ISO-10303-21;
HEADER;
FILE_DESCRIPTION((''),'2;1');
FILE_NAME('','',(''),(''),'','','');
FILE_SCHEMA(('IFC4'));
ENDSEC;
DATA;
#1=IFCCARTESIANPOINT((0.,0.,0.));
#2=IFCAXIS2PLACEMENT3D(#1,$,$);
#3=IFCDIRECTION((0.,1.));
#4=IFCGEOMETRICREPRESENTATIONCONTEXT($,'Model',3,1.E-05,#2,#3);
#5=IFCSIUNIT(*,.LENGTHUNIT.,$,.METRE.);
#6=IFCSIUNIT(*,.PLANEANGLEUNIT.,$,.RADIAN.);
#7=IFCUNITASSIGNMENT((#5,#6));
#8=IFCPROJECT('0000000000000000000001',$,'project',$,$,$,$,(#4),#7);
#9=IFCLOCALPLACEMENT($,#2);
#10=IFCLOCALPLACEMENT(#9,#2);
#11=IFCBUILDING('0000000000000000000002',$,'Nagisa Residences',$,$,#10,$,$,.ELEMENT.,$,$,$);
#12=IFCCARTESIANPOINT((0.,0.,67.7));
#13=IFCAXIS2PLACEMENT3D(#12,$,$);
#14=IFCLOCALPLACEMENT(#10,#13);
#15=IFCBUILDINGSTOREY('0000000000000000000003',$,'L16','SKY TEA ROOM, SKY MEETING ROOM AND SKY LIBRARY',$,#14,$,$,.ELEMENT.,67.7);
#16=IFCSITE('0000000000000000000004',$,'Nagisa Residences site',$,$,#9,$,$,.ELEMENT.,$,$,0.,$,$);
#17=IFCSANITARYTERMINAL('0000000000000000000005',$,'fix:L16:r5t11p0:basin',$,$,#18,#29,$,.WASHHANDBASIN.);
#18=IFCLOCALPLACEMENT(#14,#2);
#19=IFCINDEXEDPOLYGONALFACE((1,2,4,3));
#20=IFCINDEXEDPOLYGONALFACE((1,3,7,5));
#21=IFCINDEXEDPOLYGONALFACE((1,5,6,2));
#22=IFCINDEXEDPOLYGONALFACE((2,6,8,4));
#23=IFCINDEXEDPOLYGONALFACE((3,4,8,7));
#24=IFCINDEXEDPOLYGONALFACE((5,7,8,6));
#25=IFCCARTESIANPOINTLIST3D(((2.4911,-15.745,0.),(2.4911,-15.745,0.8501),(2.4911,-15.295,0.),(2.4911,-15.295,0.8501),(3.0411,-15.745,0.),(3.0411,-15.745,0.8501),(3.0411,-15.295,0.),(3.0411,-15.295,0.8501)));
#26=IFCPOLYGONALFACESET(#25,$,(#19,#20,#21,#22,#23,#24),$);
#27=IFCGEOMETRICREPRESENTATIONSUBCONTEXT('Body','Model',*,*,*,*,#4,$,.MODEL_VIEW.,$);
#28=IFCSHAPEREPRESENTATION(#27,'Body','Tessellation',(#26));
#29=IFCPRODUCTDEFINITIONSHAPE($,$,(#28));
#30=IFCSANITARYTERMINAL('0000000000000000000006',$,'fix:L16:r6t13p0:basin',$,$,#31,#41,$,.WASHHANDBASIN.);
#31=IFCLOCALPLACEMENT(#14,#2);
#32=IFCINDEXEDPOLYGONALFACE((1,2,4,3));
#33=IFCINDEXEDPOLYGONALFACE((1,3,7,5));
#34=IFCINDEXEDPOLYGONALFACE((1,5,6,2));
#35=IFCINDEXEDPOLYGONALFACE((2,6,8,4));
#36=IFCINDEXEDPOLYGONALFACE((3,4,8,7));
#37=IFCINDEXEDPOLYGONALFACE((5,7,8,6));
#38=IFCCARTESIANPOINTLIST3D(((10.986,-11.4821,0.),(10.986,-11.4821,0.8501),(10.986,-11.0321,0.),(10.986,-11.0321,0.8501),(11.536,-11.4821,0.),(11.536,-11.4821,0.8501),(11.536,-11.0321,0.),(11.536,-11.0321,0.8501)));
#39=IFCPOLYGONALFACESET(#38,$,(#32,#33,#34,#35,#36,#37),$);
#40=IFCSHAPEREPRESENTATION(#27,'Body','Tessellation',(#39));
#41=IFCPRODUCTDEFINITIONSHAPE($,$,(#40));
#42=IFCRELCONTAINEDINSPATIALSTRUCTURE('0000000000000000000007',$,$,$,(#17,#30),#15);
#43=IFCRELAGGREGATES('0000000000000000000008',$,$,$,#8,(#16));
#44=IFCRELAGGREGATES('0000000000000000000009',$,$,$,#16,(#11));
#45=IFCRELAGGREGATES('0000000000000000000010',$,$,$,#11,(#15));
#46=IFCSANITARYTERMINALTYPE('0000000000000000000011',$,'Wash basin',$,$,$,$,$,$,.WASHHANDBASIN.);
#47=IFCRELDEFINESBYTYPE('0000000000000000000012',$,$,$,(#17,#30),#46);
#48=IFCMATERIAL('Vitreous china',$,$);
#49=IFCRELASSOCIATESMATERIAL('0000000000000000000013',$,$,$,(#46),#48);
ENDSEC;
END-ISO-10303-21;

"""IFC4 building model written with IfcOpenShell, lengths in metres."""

from ifc_helpers import new_model, si_unit, direction, frame, origin, origin_2d, place, context, subcontext, project, spatial, rectangle, extrude, material, type_object, element, save


model = new_model("IFC4")

# Units and contexts
model_context = context("Model", 3, precision=1e-05, world=origin(), true_north=direction((0.0, 1.0)))
body_context = subcontext(model_context, "Body", "Model", "MODEL_VIEW")
ifc_project = project(units=[si_unit("LENGTHUNIT", "METRE"), si_unit("PLANEANGLEUNIT", "RADIAN")], contexts=[model_context])

# Site, building, storey
site_placement = place(None, origin())
site = spatial("IfcSite", under=ifc_project, at=site_placement, Name="Nagisa Residences site", CompositionType="ELEMENT", RefElevation=0.0)
building_placement = place(site_placement, origin())
building = spatial("IfcBuilding", under=site, at=building_placement, Name="Nagisa Residences", CompositionType="ELEMENT")
storey_placement = place(building_placement, frame((0.0, 0.0, 67.7)))
storey = spatial("IfcBuildingStorey", under=building, at=storey_placement, Name="L16", Description="SKY TEA ROOM, SKY MEETING ROOM AND SKY LIBRARY", CompositionType="ELEMENT", Elevation=67.7)

# Sanitary terminals
ifc_material_1 = material(Name="Vitreous china")
sanitary_terminal_type_1 = type_object("IfcSanitaryTerminalType", Name="Wash basin", PredefinedType="WASHHANDBASIN", material=ifc_material_1)
for number, where, z_axis, x_axis, name in (
    (1, (2.7661, -15.52, 0.0), (0.0, 0.0, 1.0), (1.0, 0.0, 0.0), "fix:L16:r5t11p0:basin"),
    (2, (11.261, -11.2571, 0.0), (0.0, 0.0, 1.0), (1.0, 0.0, 0.0), "fix:L16:r6t13p0:basin"),
):
    element("IfcSanitaryTerminal", number, at=place(storey_placement, frame(where, z_axis=z_axis, x_axis=x_axis)), inside=storey, type_object=sanitary_terminal_type_1, Name=name, PredefinedType="WASHHANDBASIN", context=body_context, shape_type="SweptSolid", body=[
        extrude(rectangle(XDim=0.55, YDim=0.45, at=origin_2d()), origin(), (0.0, 0.0, 1.0), 0.8501),
    ])

save(model, "model.ifc")
